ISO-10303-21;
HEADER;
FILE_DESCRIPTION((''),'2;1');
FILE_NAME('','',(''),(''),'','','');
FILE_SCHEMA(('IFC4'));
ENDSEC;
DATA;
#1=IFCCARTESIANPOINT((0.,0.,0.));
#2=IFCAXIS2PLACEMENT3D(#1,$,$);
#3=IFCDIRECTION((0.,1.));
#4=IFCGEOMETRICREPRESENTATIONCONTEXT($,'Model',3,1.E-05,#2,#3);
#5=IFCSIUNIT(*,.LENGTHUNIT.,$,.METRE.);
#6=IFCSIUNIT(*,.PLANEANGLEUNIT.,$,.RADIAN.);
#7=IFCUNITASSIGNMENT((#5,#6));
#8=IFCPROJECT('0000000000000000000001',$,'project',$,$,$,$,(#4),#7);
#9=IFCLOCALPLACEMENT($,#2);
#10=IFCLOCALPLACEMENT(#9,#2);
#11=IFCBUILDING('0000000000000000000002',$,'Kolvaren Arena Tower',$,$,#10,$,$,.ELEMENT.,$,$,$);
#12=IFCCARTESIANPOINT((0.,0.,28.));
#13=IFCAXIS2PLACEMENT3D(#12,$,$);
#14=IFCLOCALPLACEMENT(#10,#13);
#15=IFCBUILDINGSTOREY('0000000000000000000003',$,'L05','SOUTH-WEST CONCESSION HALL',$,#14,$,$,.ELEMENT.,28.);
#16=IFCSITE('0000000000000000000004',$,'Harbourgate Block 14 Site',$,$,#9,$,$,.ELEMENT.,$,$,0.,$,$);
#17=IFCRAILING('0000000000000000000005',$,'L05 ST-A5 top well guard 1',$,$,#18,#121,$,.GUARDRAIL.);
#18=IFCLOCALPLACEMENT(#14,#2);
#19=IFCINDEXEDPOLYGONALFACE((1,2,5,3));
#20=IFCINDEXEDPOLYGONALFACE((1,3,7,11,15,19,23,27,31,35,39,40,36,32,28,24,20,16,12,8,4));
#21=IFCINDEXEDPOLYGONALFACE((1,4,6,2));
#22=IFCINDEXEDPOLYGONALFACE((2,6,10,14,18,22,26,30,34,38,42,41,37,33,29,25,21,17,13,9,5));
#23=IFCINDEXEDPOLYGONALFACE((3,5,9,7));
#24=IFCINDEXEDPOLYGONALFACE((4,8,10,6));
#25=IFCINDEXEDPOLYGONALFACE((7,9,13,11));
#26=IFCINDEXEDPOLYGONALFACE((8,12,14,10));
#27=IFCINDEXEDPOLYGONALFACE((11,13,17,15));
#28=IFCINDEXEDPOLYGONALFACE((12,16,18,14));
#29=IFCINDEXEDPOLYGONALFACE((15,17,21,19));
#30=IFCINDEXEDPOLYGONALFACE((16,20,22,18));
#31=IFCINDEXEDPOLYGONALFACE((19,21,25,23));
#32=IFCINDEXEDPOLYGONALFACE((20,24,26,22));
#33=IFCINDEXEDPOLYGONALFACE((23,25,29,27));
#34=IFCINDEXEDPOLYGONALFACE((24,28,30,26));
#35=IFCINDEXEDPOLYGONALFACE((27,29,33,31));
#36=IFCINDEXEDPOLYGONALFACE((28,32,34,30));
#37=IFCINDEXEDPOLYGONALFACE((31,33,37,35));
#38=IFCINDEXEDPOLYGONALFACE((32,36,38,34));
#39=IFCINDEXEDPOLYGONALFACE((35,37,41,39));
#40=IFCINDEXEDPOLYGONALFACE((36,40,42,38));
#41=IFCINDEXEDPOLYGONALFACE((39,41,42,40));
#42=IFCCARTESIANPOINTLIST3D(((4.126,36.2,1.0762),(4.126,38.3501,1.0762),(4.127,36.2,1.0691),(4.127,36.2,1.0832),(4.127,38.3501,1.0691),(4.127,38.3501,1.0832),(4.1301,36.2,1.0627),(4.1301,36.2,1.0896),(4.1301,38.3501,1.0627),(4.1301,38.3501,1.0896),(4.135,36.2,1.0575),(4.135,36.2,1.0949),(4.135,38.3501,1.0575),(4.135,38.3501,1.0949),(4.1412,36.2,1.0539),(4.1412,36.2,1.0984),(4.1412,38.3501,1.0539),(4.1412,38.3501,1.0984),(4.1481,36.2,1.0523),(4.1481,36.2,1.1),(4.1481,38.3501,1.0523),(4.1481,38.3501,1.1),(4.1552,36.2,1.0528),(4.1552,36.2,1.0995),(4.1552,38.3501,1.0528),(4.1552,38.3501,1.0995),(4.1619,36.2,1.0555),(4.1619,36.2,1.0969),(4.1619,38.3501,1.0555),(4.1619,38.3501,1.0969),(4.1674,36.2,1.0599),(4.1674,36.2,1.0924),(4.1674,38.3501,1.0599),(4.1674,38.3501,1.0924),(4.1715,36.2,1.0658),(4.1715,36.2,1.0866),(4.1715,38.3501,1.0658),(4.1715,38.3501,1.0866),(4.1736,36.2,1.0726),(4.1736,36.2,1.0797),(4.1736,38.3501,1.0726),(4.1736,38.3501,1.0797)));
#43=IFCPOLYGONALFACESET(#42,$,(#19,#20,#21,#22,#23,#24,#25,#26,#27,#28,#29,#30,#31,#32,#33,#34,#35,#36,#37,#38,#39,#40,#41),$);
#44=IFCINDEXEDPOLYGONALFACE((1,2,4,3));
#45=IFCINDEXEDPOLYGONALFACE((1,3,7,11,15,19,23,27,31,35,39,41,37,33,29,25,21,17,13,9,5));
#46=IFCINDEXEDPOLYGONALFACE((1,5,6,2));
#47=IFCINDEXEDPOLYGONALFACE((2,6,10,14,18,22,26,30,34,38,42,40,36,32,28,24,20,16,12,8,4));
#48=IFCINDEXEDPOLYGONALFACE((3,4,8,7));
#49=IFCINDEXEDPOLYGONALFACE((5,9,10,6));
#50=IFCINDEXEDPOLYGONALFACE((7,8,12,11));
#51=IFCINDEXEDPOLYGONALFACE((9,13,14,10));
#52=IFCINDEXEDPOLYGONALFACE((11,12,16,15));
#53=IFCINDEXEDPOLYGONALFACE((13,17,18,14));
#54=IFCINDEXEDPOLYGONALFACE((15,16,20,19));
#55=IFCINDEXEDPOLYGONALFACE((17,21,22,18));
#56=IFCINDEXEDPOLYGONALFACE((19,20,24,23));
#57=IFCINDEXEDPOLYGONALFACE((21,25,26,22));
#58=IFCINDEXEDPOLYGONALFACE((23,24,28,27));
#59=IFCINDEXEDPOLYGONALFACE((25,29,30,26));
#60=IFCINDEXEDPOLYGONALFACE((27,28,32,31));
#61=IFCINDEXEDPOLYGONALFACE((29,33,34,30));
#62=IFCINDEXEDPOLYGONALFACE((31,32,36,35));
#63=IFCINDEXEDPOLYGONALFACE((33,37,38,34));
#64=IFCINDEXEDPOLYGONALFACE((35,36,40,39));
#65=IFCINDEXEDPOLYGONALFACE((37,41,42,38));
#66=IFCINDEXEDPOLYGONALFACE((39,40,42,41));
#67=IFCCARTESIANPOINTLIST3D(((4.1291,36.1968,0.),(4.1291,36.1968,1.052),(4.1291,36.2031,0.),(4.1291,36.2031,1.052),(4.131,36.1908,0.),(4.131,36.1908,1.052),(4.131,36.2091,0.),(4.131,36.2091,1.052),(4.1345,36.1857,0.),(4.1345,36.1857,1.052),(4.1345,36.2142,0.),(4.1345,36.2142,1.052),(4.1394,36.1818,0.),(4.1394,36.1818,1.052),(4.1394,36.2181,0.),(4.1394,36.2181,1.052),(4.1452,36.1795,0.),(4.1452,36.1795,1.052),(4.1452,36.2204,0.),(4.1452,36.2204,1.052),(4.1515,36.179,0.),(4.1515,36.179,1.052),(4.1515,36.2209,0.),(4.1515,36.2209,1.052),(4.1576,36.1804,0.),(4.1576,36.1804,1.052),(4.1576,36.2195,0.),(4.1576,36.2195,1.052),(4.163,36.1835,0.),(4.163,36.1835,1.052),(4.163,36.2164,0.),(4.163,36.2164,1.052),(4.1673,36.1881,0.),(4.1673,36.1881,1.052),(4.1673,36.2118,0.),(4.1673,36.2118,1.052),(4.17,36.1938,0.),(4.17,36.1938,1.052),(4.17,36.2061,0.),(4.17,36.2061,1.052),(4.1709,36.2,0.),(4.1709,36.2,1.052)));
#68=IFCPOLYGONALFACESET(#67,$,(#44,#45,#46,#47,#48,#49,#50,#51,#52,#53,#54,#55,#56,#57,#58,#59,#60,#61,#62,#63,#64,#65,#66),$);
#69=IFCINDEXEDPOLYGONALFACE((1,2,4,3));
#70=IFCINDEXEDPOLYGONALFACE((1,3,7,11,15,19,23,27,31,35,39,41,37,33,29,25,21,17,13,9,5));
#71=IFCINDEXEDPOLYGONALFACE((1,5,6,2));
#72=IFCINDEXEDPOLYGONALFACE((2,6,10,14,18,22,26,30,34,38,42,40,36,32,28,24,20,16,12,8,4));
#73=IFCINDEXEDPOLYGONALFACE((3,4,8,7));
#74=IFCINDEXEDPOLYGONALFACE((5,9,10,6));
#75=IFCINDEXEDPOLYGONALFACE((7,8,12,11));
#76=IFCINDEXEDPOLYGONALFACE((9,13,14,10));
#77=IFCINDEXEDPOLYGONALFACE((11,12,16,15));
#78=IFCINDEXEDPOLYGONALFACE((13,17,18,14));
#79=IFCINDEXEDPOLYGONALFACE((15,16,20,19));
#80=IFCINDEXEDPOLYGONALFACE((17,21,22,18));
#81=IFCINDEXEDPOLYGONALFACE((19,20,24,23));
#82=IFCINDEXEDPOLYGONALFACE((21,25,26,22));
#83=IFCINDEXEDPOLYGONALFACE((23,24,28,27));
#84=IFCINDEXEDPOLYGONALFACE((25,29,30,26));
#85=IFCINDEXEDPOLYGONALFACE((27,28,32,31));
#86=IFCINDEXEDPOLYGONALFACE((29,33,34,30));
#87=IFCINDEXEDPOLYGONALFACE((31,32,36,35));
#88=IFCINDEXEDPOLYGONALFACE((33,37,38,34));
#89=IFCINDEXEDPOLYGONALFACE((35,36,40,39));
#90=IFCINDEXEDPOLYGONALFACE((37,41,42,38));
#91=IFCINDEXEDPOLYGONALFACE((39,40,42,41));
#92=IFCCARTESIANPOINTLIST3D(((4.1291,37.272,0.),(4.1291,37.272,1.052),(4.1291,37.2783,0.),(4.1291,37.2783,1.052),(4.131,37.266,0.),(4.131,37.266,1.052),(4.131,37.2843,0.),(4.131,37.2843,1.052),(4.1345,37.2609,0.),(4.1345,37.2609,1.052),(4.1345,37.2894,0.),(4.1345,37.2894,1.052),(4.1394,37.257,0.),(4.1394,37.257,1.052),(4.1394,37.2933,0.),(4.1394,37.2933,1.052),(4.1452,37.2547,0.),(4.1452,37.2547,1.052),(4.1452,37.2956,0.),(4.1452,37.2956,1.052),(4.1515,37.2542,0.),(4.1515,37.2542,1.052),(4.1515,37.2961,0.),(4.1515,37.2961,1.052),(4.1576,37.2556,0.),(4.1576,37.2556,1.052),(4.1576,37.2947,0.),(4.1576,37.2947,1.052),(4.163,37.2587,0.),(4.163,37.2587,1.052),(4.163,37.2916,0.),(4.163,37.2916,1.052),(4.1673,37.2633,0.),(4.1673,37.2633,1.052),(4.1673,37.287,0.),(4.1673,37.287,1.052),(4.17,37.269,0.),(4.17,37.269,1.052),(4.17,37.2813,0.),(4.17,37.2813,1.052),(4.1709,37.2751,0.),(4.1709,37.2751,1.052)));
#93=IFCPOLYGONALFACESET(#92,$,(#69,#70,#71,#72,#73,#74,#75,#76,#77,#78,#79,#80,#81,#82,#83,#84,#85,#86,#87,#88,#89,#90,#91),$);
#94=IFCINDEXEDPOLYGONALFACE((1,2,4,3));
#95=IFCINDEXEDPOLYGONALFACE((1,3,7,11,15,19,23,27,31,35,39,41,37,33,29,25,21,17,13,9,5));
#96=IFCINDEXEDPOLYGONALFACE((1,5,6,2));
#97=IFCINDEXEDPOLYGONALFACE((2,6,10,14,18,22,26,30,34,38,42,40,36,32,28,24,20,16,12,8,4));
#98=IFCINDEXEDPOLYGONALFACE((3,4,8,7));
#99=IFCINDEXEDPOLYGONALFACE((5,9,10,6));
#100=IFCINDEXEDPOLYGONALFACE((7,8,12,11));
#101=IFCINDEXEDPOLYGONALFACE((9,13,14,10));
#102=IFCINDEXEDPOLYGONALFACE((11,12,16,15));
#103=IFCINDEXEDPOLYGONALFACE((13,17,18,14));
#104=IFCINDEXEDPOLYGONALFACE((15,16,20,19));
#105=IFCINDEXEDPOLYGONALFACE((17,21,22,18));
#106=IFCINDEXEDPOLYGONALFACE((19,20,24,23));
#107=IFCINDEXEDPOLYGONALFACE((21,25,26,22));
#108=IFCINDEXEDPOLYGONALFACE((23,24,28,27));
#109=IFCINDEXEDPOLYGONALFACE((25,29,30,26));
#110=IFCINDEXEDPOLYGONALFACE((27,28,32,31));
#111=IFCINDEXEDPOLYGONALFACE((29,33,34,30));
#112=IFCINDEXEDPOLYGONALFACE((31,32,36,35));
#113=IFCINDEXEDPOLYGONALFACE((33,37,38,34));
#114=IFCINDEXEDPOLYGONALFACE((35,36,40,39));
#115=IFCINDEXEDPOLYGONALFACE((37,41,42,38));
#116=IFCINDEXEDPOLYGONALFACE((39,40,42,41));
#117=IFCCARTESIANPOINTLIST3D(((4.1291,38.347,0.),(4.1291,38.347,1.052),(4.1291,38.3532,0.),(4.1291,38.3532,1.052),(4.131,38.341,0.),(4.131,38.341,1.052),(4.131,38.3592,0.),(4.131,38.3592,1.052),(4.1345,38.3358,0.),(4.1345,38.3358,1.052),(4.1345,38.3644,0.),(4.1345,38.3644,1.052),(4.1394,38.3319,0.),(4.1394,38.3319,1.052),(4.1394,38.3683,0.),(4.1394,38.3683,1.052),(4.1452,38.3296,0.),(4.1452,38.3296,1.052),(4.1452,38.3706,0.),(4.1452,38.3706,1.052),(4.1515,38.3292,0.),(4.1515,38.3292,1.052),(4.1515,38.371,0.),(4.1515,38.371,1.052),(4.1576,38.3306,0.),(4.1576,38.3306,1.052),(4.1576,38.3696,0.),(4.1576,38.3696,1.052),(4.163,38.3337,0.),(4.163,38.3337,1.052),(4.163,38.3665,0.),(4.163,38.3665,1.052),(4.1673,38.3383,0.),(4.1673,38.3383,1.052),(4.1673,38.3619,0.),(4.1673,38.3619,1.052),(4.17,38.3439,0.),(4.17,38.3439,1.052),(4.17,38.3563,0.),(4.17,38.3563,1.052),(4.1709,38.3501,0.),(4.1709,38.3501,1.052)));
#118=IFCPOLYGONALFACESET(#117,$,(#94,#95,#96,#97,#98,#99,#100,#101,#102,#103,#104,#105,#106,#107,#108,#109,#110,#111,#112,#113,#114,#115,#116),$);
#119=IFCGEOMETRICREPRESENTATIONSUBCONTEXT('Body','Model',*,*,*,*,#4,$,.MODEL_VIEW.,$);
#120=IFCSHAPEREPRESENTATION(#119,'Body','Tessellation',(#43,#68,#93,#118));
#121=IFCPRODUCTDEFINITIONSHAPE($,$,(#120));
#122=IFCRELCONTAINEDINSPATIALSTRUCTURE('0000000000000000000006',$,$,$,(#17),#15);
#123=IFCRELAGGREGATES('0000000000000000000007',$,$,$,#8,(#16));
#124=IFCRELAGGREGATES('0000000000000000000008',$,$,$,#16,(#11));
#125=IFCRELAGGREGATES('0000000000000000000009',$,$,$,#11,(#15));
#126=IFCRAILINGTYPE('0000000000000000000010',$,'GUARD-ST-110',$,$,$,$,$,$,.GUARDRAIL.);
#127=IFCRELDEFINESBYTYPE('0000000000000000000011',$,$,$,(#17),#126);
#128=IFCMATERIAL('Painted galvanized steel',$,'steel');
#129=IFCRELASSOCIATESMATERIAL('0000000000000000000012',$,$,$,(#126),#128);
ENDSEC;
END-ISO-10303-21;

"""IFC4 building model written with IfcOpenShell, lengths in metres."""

from ifc_helpers import new_model, si_unit, direction, frame, origin, origin_2d, place, context, subcontext, project, spatial, circle, extrude, material, type_object, element, save


model = new_model("IFC4")

# Units and contexts
model_context = context("Model", 3, precision=1e-05, world=origin(), true_north=direction((0.0, 1.0)))
body_context = subcontext(model_context, "Body", "Model", "MODEL_VIEW")
ifc_project = project(units=[si_unit("LENGTHUNIT", "METRE"), si_unit("PLANEANGLEUNIT", "RADIAN")], contexts=[model_context])

# Site, building, storey
site_placement = place(None, origin())
site = spatial("IfcSite", under=ifc_project, at=site_placement, Name="Harbourgate Block 14 Site", CompositionType="ELEMENT", RefElevation=0.0)
building_placement = place(site_placement, origin())
building = spatial("IfcBuilding", under=site, at=building_placement, Name="Kolvaren Arena Tower", CompositionType="ELEMENT")
storey_placement = place(building_placement, frame((0.0, 0.0, 28.0)))
storey = spatial("IfcBuildingStorey", under=building, at=storey_placement, Name="L05", Description="SOUTH-WEST CONCESSION HALL", CompositionType="ELEMENT", Elevation=28.0)

# Railing
ifc_material_1 = material(Name="Painted galvanized steel", Category="steel")
railing_type = type_object("IfcRailingType", Name="GUARD-ST-110", PredefinedType="GUARDRAIL", material=ifc_material_1)
railing_1_placement = place(storey_placement, frame((4.1499, 36.2, 0.0)))
element("IfcRailing", 1, at=railing_1_placement, inside=storey, type_object=railing_type, Name="L05 ST-A5 top well guard 1", PredefinedType="GUARDRAIL", context=body_context, shape_type="SweptSolid", body=[
    extrude(circle(Radius=0.0239, at=origin_2d()), frame((0.0, 0.0, 1.0762), z_axis=(0.0, 1.0, 0.0), x_axis=(-1.0, 0.0, 0.0)), (0.0, 0.0, 1.0), 2.1501),
    extrude(circle(Radius=0.021, at=origin_2d()), origin(), (0.0, 0.0, 1.0), 1.052),
    extrude(circle(Radius=0.021, at=origin_2d()), frame((0.0, 1.0752, 0.0)), (0.0, 0.0, 1.0), 1.052),
    extrude(circle(Radius=0.021, at=origin_2d()), frame((0.0, 2.1501, 0.0)), (0.0, 0.0, 1.0), 1.052),
])

save(model, "model.ifc")
